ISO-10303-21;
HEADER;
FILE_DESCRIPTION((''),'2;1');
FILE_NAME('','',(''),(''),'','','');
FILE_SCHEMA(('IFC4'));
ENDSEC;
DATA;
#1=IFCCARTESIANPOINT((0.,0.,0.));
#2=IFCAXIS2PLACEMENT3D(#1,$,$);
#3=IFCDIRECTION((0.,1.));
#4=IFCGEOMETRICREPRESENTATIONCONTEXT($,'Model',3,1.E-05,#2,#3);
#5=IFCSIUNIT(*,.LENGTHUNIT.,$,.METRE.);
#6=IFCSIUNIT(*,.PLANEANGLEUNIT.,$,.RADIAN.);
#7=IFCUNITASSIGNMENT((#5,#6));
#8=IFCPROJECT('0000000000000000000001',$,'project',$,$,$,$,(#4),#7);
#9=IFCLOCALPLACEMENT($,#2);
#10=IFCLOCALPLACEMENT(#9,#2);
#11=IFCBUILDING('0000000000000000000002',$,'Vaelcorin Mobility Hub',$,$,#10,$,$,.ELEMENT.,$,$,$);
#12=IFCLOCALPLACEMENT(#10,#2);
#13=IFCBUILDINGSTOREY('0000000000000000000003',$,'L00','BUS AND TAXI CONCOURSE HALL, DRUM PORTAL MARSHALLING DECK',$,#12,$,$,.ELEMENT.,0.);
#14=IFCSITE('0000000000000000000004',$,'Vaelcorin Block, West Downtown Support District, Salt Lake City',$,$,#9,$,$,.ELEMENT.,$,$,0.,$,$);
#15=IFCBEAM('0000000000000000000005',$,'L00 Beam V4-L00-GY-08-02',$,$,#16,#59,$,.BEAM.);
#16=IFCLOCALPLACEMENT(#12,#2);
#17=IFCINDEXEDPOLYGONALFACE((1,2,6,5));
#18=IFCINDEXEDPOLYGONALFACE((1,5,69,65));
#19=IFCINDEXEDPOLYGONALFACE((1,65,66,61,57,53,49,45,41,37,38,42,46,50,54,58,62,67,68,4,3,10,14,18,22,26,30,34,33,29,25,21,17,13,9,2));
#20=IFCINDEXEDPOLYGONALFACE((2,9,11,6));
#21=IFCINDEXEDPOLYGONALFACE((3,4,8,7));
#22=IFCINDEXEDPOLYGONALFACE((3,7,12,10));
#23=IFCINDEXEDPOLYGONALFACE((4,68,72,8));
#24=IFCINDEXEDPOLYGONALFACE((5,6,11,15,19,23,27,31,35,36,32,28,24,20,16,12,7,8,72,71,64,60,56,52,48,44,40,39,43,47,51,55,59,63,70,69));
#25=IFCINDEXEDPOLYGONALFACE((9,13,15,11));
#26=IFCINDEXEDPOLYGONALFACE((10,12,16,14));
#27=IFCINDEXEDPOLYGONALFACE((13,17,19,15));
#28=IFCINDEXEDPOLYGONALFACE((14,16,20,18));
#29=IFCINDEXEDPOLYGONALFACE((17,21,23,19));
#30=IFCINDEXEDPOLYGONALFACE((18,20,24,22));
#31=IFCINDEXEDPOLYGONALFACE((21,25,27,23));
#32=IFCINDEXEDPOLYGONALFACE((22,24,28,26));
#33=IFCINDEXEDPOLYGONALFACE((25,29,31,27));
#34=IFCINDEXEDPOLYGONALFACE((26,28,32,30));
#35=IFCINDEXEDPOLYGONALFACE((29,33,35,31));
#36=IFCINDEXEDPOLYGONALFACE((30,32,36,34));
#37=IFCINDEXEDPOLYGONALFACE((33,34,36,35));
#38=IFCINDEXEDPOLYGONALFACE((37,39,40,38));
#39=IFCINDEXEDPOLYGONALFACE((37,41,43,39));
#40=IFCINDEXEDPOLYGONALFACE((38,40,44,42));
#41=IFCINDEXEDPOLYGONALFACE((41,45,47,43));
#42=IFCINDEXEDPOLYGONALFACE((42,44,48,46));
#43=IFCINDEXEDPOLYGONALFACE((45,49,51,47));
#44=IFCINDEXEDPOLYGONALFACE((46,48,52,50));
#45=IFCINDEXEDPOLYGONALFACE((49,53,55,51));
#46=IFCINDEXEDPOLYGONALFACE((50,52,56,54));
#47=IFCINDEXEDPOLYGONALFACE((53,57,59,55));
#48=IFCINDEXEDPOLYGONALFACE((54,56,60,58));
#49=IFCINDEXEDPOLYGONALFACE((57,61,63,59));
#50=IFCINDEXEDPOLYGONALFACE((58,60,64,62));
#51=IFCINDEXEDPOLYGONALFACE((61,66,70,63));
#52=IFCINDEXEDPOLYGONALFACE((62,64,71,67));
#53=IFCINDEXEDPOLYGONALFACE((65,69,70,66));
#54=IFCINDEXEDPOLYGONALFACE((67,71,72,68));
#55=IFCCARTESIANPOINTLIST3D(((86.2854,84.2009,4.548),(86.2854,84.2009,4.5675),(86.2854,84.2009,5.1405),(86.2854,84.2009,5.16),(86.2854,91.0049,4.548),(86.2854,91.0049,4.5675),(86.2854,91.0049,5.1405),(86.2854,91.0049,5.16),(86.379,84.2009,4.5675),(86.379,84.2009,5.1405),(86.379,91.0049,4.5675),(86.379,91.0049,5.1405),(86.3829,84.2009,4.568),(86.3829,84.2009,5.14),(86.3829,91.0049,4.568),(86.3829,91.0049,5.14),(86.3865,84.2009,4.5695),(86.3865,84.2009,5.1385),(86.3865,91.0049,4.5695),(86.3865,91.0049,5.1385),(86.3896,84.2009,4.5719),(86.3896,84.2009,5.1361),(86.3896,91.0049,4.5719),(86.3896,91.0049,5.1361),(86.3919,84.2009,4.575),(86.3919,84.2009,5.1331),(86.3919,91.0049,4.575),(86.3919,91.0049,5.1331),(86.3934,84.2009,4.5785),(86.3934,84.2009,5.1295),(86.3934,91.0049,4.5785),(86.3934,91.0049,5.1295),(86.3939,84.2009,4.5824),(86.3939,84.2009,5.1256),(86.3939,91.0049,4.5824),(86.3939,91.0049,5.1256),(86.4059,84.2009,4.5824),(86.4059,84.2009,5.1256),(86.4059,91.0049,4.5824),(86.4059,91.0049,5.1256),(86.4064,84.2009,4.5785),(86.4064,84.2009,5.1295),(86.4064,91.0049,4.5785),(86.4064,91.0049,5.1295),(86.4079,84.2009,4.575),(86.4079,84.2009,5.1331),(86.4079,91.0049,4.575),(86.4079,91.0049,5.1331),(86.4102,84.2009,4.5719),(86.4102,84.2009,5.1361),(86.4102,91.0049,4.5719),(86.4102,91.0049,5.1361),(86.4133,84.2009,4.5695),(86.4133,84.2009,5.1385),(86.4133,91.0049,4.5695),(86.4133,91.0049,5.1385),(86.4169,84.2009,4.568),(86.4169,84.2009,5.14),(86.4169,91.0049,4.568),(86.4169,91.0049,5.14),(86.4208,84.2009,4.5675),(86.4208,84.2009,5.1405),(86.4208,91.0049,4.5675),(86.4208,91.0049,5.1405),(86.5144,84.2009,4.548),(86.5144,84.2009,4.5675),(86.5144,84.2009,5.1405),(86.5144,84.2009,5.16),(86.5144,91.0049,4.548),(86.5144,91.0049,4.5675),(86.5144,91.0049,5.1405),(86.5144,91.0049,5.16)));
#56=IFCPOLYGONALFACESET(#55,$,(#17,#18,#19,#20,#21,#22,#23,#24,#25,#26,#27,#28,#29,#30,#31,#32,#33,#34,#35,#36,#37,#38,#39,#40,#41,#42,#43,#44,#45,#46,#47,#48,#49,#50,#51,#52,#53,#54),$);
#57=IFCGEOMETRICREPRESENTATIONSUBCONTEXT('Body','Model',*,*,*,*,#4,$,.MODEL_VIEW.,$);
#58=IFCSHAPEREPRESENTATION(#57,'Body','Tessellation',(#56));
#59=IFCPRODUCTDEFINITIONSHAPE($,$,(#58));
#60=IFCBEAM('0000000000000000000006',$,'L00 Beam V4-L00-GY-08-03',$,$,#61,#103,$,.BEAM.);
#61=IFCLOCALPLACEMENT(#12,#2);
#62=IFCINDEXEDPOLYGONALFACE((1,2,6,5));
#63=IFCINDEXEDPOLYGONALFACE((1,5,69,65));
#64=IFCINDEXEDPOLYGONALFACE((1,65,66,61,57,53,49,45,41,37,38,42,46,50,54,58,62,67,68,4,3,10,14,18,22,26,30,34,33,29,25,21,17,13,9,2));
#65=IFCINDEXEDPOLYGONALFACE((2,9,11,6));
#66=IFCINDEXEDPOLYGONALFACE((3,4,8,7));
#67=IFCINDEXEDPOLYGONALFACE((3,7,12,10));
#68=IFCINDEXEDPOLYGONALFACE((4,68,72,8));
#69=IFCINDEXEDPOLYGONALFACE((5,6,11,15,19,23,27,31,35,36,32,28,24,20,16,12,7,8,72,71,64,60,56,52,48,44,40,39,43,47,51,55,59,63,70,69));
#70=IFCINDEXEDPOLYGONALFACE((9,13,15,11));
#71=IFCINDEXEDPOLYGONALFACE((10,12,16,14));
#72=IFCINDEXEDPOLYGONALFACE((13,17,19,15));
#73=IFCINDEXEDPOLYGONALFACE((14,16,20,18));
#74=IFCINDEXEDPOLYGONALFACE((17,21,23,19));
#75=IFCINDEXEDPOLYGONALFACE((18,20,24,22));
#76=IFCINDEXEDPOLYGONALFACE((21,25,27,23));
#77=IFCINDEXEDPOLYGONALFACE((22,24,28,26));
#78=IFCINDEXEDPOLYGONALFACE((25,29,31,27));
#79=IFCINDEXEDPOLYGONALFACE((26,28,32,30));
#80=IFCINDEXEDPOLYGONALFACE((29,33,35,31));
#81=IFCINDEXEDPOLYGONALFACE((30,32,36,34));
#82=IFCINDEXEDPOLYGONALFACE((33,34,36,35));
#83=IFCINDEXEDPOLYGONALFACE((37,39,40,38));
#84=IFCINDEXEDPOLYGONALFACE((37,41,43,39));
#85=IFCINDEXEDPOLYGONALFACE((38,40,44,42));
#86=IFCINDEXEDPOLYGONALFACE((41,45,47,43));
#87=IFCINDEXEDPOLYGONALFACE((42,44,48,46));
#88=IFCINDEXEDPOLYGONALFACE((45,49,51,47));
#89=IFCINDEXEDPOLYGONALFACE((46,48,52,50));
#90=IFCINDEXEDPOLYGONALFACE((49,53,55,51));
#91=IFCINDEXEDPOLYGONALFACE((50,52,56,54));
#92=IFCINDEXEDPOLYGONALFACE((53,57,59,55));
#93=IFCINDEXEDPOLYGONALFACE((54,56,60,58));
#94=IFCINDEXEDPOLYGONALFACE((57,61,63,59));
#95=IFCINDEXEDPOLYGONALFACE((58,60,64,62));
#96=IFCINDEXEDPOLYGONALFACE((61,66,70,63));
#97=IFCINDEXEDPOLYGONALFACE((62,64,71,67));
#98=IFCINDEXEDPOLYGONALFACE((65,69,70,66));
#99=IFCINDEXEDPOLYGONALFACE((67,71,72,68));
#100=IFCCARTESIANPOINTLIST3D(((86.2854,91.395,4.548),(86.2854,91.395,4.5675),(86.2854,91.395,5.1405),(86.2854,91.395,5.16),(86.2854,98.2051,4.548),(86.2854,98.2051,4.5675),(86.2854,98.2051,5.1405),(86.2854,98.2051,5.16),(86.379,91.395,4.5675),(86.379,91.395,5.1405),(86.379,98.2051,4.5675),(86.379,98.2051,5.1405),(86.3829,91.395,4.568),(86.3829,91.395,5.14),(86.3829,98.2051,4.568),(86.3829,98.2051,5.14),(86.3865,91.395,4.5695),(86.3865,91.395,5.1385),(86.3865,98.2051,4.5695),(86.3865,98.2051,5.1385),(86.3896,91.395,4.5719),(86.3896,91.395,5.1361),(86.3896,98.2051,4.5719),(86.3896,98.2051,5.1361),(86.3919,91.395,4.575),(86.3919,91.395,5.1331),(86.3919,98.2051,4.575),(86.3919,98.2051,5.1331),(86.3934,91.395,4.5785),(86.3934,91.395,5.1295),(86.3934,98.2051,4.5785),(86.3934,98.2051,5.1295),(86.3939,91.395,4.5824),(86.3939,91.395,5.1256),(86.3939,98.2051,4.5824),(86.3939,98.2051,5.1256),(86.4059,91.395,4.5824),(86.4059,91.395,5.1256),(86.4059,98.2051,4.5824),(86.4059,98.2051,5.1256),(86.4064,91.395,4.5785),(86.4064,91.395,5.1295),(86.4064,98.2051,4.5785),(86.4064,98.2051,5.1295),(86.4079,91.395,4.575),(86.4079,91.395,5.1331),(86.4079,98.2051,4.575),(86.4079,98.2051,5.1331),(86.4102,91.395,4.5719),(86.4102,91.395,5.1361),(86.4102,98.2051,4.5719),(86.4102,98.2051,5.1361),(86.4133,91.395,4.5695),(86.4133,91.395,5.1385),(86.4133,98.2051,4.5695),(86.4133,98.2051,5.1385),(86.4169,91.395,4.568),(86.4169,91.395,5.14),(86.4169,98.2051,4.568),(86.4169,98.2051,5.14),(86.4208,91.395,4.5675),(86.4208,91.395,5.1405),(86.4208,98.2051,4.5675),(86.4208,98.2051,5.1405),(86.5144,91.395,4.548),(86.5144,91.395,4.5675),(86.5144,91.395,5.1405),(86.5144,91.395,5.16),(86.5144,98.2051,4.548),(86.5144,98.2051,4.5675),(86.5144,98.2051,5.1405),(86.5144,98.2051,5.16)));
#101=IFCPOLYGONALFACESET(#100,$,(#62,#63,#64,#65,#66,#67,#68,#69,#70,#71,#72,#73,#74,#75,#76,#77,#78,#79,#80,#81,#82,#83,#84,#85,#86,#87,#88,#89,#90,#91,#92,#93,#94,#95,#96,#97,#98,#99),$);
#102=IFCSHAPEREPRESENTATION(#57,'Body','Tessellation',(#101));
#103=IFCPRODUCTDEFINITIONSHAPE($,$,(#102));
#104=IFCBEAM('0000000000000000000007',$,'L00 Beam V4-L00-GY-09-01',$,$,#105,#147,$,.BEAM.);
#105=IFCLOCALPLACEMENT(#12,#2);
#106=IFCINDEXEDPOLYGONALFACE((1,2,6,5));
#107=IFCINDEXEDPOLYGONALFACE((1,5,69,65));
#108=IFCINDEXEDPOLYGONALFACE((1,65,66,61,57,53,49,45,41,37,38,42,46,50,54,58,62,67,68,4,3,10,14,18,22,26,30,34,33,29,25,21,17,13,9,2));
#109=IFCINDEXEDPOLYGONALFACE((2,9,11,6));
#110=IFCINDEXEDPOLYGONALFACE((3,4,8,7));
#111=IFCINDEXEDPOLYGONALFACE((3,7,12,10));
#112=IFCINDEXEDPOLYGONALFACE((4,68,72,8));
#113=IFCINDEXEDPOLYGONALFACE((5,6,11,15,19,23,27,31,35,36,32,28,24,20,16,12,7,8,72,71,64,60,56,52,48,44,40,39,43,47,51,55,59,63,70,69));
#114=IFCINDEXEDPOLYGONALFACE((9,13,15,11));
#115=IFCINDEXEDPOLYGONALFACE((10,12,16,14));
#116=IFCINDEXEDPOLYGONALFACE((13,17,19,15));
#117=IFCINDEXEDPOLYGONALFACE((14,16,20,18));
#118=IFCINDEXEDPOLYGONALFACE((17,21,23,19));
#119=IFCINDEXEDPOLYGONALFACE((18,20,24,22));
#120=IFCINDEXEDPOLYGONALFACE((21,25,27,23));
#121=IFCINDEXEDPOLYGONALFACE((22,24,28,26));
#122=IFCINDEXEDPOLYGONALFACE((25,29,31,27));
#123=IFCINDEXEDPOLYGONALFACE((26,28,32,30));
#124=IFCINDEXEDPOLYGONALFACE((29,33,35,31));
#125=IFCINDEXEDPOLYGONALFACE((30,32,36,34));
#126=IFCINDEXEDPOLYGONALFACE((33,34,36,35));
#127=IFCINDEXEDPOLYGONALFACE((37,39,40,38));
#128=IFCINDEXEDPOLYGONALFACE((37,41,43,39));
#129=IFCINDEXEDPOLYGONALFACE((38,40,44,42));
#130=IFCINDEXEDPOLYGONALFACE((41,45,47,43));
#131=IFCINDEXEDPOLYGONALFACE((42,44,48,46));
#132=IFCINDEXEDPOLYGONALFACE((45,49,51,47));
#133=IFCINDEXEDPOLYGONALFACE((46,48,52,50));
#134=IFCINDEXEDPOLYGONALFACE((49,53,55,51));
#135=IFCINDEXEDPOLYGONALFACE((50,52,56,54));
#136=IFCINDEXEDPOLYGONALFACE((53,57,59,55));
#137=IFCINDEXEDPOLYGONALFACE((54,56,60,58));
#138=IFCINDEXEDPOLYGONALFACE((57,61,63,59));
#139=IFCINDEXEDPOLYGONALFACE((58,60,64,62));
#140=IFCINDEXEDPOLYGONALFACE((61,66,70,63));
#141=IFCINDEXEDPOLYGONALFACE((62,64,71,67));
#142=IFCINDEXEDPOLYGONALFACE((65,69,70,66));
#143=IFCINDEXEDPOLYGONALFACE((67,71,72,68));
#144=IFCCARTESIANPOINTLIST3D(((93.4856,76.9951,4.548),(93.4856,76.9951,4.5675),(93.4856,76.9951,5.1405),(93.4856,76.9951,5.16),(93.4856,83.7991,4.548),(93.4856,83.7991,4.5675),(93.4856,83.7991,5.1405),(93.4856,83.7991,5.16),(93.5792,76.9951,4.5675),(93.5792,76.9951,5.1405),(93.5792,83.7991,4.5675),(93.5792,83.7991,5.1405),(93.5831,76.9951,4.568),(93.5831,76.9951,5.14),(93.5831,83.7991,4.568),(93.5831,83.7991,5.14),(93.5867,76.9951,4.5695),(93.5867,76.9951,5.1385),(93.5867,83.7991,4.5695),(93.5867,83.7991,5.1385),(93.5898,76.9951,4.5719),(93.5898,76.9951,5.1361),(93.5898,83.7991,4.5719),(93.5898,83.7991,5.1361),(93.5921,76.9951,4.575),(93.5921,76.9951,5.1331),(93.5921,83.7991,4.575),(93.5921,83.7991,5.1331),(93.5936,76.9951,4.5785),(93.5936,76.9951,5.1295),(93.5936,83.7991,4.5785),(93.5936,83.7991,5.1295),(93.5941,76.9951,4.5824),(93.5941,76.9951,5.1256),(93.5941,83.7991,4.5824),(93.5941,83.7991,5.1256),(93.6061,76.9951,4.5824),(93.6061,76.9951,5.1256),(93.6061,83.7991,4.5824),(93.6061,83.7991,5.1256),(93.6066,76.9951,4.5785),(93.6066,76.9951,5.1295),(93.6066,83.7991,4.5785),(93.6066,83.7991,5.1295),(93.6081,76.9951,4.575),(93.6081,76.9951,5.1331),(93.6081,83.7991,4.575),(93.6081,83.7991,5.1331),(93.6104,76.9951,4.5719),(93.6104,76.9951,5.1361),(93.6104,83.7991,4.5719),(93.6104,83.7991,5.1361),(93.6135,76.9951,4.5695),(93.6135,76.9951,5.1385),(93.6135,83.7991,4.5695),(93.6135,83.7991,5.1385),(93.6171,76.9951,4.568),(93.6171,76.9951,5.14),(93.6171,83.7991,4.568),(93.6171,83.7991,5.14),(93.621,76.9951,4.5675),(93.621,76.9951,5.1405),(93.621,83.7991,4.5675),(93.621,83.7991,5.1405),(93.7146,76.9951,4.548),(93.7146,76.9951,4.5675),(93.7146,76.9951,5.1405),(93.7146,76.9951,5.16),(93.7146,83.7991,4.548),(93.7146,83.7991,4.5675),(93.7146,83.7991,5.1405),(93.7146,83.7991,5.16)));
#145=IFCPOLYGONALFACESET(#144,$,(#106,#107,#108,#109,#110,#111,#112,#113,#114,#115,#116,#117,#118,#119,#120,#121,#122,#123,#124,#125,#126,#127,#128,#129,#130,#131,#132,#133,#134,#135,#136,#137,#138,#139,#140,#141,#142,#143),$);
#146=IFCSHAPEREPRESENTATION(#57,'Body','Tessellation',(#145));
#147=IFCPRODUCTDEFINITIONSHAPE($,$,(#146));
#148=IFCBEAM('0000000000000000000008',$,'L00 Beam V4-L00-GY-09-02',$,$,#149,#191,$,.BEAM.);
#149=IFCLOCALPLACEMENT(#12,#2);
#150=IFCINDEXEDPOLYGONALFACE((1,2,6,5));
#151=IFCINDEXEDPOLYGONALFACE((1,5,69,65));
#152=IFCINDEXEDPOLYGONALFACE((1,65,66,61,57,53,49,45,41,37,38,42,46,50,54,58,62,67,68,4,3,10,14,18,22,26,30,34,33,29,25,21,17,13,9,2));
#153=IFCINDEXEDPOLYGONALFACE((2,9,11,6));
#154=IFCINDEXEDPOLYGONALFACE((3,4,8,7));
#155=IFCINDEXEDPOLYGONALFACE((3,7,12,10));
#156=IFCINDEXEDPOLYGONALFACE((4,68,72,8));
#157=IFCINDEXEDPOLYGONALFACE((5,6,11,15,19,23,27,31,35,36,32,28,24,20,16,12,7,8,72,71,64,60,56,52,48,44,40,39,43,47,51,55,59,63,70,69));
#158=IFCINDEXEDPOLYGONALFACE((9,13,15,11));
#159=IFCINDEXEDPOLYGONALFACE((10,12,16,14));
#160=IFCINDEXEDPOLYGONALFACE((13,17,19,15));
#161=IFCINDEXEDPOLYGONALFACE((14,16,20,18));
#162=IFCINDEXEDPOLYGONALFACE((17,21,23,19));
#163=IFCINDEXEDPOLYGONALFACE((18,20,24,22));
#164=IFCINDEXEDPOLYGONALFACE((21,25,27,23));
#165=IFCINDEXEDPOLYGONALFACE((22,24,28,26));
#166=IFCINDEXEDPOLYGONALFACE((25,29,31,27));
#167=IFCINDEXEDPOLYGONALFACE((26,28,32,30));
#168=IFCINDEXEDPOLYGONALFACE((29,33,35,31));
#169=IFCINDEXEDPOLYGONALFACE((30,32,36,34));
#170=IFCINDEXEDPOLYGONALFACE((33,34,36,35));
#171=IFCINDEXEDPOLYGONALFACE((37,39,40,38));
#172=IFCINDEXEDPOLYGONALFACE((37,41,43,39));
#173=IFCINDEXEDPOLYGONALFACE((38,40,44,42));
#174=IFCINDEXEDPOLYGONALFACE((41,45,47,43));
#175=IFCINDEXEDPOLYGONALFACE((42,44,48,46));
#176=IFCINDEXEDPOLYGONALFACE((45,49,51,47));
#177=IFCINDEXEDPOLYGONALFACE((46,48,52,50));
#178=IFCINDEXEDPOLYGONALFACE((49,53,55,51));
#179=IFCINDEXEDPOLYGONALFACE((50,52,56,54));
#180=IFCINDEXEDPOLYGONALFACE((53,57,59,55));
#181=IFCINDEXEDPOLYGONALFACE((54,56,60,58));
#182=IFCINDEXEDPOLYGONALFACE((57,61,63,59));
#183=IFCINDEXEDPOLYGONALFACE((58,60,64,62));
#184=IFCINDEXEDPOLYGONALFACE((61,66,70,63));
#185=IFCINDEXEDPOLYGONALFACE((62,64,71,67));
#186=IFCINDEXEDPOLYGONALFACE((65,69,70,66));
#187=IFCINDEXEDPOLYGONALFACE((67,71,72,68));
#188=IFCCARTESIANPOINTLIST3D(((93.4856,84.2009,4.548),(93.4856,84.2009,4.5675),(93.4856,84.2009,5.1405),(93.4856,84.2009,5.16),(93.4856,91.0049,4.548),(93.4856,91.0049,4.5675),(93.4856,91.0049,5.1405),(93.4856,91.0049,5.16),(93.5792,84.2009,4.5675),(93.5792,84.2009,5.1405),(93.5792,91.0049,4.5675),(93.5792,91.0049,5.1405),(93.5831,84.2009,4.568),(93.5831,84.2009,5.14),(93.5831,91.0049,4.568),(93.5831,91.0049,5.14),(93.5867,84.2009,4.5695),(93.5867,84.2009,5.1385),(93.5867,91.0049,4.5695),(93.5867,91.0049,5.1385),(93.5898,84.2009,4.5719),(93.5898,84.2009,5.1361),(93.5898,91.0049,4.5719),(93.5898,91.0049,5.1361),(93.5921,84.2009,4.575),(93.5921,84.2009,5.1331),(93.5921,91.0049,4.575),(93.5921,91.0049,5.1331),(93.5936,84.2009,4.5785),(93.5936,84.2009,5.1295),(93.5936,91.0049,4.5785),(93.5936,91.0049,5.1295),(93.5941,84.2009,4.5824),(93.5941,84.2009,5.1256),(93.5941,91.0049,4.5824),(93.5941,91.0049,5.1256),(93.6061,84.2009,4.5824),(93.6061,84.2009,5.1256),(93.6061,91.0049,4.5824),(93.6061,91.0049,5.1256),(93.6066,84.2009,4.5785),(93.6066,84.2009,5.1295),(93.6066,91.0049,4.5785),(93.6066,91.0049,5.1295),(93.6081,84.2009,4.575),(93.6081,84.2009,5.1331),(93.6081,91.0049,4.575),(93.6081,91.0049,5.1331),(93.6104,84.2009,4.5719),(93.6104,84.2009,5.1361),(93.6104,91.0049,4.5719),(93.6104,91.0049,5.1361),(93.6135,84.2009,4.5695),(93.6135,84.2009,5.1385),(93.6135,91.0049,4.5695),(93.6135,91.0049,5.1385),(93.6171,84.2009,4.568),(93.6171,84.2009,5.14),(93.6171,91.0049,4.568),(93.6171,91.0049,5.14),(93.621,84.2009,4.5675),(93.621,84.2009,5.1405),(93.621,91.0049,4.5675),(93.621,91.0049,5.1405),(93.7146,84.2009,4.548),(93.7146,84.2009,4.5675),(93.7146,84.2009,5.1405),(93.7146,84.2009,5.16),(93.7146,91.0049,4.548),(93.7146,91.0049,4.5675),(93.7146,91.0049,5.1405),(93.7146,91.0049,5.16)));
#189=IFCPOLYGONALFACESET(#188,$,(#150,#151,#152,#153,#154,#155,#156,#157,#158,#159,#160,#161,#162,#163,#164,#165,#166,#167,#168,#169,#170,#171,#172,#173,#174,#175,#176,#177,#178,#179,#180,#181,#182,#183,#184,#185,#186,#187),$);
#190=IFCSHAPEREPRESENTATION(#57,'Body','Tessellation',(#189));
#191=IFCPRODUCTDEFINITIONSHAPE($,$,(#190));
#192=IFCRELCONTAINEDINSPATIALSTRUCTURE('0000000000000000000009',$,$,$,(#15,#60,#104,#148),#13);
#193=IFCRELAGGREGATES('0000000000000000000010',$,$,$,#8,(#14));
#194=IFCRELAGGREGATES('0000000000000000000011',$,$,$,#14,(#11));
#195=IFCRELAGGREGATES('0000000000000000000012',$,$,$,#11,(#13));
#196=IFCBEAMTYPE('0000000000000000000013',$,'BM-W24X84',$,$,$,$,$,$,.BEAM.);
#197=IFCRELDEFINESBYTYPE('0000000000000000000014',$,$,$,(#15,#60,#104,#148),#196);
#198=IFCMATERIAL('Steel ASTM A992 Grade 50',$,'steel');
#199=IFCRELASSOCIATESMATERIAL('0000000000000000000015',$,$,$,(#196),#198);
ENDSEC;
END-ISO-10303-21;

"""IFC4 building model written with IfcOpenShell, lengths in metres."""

from ifc_helpers import new_model, si_unit, direction, frame, origin, origin_2d, place, context, subcontext, project, spatial, i_section, extrude, material, material_profile, profile_set, type_object, element, save


model = new_model("IFC4")

# Units and contexts
model_context = context("Model", 3, precision=1e-05, world=origin(), true_north=direction((0.0, 1.0)))
body_context = subcontext(model_context, "Body", "Model", "MODEL_VIEW")
ifc_project = project(units=[si_unit("LENGTHUNIT", "METRE"), si_unit("PLANEANGLEUNIT", "RADIAN")], contexts=[model_context])

# Site, building, storey
site_placement = place(None, origin())
site = spatial("IfcSite", under=ifc_project, at=site_placement, Name="Vaelcorin Block, West Downtown Support District, Salt Lake City", CompositionType="ELEMENT", RefElevation=0.0)
building_placement = place(site_placement, origin())
building = spatial("IfcBuilding", under=site, at=building_placement, Name="Vaelcorin Mobility Hub", CompositionType="ELEMENT")
storey_placement = place(building_placement, origin())
storey = spatial("IfcBuildingStorey", under=building, at=storey_placement, Name="L00", Description="BUS AND TAXI CONCOURSE HALL, DRUM PORTAL MARSHALLING DECK", CompositionType="ELEMENT", Elevation=0.0)

# Shared definitions
ifc_material_1 = material(Name="Steel ASTM A992 Grade 50", Category="steel")

# Beams
ifc_material_profile_1 = material_profile(ifc_material_1, i_section(OverallWidth=0.229, OverallDepth=0.6121, WebThickness=0.012, FlangeThickness=0.0195, FilletRadius=0.0149, at=origin_2d()), Name="W24X84")
ifc_profile_set_1 = profile_set([ifc_material_profile_1], Name="Steel ASTM A992 Grade 50")
beam_type_1 = type_object("IfcBeamType", Name="BM-W24X84", PredefinedType="BEAM", material=ifc_profile_set_1)
for number, where, z_axis, x_axis, name in (
    (1, (86.3999, 84.2009, 4.854), (0.0, 1.0, 0.0), (-1.0, 0.0, 0.0), "L00 Beam V4-L00-GY-08-02"),
):
    element("IfcBeam", number, at=place(storey_placement, frame(where, z_axis=z_axis, x_axis=x_axis)), inside=storey, type_object=beam_type_1, Name=name, PredefinedType="BEAM", context=body_context, shape_type="SweptSolid", body=[
        extrude(i_section(OverallWidth=0.229, OverallDepth=0.6121, WebThickness=0.012, FlangeThickness=0.0195, FilletRadius=0.0149, at=origin_2d()), origin(), (0.0, 0.0, 1.0), 6.804),
    ])
beam_1_placement = place(storey_placement, frame((86.3999, 91.395, 4.854), z_axis=(0.0, 1.0, 0.0), x_axis=(-1.0, 0.0, 0.0)))
element("IfcBeam", 2, at=beam_1_placement, inside=storey, type_object=beam_type_1, Name="L00 Beam V4-L00-GY-08-03", PredefinedType="BEAM", context=body_context, shape_type="SweptSolid", body=[
    extrude(i_section(OverallWidth=0.229, OverallDepth=0.6121, WebThickness=0.012, FlangeThickness=0.0195, FilletRadius=0.0149, at=origin_2d()), origin(), (0.0, 0.0, 1.0), 6.8101),
])
for number, where, z_axis, x_axis, name in (
    (3, (93.6001, 76.9951, 4.854), (0.0, 1.0, 0.0), (-1.0, 0.0, 0.0), "L00 Beam V4-L00-GY-09-01"),
    (4, (93.6001, 84.2009, 4.854), (0.0, 1.0, 0.0), (-1.0, 0.0, 0.0), "L00 Beam V4-L00-GY-09-02"),
):
    element("IfcBeam", number, at=place(storey_placement, frame(where, z_axis=z_axis, x_axis=x_axis)), inside=storey, type_object=beam_type_1, Name=name, PredefinedType="BEAM", context=body_context, shape_type="SweptSolid", body=[
        extrude(i_section(OverallWidth=0.229, OverallDepth=0.6121, WebThickness=0.012, FlangeThickness=0.0195, FilletRadius=0.0149, at=origin_2d()), origin(), (0.0, 0.0, 1.0), 6.804),
    ])

save(model, "model.ifc")
